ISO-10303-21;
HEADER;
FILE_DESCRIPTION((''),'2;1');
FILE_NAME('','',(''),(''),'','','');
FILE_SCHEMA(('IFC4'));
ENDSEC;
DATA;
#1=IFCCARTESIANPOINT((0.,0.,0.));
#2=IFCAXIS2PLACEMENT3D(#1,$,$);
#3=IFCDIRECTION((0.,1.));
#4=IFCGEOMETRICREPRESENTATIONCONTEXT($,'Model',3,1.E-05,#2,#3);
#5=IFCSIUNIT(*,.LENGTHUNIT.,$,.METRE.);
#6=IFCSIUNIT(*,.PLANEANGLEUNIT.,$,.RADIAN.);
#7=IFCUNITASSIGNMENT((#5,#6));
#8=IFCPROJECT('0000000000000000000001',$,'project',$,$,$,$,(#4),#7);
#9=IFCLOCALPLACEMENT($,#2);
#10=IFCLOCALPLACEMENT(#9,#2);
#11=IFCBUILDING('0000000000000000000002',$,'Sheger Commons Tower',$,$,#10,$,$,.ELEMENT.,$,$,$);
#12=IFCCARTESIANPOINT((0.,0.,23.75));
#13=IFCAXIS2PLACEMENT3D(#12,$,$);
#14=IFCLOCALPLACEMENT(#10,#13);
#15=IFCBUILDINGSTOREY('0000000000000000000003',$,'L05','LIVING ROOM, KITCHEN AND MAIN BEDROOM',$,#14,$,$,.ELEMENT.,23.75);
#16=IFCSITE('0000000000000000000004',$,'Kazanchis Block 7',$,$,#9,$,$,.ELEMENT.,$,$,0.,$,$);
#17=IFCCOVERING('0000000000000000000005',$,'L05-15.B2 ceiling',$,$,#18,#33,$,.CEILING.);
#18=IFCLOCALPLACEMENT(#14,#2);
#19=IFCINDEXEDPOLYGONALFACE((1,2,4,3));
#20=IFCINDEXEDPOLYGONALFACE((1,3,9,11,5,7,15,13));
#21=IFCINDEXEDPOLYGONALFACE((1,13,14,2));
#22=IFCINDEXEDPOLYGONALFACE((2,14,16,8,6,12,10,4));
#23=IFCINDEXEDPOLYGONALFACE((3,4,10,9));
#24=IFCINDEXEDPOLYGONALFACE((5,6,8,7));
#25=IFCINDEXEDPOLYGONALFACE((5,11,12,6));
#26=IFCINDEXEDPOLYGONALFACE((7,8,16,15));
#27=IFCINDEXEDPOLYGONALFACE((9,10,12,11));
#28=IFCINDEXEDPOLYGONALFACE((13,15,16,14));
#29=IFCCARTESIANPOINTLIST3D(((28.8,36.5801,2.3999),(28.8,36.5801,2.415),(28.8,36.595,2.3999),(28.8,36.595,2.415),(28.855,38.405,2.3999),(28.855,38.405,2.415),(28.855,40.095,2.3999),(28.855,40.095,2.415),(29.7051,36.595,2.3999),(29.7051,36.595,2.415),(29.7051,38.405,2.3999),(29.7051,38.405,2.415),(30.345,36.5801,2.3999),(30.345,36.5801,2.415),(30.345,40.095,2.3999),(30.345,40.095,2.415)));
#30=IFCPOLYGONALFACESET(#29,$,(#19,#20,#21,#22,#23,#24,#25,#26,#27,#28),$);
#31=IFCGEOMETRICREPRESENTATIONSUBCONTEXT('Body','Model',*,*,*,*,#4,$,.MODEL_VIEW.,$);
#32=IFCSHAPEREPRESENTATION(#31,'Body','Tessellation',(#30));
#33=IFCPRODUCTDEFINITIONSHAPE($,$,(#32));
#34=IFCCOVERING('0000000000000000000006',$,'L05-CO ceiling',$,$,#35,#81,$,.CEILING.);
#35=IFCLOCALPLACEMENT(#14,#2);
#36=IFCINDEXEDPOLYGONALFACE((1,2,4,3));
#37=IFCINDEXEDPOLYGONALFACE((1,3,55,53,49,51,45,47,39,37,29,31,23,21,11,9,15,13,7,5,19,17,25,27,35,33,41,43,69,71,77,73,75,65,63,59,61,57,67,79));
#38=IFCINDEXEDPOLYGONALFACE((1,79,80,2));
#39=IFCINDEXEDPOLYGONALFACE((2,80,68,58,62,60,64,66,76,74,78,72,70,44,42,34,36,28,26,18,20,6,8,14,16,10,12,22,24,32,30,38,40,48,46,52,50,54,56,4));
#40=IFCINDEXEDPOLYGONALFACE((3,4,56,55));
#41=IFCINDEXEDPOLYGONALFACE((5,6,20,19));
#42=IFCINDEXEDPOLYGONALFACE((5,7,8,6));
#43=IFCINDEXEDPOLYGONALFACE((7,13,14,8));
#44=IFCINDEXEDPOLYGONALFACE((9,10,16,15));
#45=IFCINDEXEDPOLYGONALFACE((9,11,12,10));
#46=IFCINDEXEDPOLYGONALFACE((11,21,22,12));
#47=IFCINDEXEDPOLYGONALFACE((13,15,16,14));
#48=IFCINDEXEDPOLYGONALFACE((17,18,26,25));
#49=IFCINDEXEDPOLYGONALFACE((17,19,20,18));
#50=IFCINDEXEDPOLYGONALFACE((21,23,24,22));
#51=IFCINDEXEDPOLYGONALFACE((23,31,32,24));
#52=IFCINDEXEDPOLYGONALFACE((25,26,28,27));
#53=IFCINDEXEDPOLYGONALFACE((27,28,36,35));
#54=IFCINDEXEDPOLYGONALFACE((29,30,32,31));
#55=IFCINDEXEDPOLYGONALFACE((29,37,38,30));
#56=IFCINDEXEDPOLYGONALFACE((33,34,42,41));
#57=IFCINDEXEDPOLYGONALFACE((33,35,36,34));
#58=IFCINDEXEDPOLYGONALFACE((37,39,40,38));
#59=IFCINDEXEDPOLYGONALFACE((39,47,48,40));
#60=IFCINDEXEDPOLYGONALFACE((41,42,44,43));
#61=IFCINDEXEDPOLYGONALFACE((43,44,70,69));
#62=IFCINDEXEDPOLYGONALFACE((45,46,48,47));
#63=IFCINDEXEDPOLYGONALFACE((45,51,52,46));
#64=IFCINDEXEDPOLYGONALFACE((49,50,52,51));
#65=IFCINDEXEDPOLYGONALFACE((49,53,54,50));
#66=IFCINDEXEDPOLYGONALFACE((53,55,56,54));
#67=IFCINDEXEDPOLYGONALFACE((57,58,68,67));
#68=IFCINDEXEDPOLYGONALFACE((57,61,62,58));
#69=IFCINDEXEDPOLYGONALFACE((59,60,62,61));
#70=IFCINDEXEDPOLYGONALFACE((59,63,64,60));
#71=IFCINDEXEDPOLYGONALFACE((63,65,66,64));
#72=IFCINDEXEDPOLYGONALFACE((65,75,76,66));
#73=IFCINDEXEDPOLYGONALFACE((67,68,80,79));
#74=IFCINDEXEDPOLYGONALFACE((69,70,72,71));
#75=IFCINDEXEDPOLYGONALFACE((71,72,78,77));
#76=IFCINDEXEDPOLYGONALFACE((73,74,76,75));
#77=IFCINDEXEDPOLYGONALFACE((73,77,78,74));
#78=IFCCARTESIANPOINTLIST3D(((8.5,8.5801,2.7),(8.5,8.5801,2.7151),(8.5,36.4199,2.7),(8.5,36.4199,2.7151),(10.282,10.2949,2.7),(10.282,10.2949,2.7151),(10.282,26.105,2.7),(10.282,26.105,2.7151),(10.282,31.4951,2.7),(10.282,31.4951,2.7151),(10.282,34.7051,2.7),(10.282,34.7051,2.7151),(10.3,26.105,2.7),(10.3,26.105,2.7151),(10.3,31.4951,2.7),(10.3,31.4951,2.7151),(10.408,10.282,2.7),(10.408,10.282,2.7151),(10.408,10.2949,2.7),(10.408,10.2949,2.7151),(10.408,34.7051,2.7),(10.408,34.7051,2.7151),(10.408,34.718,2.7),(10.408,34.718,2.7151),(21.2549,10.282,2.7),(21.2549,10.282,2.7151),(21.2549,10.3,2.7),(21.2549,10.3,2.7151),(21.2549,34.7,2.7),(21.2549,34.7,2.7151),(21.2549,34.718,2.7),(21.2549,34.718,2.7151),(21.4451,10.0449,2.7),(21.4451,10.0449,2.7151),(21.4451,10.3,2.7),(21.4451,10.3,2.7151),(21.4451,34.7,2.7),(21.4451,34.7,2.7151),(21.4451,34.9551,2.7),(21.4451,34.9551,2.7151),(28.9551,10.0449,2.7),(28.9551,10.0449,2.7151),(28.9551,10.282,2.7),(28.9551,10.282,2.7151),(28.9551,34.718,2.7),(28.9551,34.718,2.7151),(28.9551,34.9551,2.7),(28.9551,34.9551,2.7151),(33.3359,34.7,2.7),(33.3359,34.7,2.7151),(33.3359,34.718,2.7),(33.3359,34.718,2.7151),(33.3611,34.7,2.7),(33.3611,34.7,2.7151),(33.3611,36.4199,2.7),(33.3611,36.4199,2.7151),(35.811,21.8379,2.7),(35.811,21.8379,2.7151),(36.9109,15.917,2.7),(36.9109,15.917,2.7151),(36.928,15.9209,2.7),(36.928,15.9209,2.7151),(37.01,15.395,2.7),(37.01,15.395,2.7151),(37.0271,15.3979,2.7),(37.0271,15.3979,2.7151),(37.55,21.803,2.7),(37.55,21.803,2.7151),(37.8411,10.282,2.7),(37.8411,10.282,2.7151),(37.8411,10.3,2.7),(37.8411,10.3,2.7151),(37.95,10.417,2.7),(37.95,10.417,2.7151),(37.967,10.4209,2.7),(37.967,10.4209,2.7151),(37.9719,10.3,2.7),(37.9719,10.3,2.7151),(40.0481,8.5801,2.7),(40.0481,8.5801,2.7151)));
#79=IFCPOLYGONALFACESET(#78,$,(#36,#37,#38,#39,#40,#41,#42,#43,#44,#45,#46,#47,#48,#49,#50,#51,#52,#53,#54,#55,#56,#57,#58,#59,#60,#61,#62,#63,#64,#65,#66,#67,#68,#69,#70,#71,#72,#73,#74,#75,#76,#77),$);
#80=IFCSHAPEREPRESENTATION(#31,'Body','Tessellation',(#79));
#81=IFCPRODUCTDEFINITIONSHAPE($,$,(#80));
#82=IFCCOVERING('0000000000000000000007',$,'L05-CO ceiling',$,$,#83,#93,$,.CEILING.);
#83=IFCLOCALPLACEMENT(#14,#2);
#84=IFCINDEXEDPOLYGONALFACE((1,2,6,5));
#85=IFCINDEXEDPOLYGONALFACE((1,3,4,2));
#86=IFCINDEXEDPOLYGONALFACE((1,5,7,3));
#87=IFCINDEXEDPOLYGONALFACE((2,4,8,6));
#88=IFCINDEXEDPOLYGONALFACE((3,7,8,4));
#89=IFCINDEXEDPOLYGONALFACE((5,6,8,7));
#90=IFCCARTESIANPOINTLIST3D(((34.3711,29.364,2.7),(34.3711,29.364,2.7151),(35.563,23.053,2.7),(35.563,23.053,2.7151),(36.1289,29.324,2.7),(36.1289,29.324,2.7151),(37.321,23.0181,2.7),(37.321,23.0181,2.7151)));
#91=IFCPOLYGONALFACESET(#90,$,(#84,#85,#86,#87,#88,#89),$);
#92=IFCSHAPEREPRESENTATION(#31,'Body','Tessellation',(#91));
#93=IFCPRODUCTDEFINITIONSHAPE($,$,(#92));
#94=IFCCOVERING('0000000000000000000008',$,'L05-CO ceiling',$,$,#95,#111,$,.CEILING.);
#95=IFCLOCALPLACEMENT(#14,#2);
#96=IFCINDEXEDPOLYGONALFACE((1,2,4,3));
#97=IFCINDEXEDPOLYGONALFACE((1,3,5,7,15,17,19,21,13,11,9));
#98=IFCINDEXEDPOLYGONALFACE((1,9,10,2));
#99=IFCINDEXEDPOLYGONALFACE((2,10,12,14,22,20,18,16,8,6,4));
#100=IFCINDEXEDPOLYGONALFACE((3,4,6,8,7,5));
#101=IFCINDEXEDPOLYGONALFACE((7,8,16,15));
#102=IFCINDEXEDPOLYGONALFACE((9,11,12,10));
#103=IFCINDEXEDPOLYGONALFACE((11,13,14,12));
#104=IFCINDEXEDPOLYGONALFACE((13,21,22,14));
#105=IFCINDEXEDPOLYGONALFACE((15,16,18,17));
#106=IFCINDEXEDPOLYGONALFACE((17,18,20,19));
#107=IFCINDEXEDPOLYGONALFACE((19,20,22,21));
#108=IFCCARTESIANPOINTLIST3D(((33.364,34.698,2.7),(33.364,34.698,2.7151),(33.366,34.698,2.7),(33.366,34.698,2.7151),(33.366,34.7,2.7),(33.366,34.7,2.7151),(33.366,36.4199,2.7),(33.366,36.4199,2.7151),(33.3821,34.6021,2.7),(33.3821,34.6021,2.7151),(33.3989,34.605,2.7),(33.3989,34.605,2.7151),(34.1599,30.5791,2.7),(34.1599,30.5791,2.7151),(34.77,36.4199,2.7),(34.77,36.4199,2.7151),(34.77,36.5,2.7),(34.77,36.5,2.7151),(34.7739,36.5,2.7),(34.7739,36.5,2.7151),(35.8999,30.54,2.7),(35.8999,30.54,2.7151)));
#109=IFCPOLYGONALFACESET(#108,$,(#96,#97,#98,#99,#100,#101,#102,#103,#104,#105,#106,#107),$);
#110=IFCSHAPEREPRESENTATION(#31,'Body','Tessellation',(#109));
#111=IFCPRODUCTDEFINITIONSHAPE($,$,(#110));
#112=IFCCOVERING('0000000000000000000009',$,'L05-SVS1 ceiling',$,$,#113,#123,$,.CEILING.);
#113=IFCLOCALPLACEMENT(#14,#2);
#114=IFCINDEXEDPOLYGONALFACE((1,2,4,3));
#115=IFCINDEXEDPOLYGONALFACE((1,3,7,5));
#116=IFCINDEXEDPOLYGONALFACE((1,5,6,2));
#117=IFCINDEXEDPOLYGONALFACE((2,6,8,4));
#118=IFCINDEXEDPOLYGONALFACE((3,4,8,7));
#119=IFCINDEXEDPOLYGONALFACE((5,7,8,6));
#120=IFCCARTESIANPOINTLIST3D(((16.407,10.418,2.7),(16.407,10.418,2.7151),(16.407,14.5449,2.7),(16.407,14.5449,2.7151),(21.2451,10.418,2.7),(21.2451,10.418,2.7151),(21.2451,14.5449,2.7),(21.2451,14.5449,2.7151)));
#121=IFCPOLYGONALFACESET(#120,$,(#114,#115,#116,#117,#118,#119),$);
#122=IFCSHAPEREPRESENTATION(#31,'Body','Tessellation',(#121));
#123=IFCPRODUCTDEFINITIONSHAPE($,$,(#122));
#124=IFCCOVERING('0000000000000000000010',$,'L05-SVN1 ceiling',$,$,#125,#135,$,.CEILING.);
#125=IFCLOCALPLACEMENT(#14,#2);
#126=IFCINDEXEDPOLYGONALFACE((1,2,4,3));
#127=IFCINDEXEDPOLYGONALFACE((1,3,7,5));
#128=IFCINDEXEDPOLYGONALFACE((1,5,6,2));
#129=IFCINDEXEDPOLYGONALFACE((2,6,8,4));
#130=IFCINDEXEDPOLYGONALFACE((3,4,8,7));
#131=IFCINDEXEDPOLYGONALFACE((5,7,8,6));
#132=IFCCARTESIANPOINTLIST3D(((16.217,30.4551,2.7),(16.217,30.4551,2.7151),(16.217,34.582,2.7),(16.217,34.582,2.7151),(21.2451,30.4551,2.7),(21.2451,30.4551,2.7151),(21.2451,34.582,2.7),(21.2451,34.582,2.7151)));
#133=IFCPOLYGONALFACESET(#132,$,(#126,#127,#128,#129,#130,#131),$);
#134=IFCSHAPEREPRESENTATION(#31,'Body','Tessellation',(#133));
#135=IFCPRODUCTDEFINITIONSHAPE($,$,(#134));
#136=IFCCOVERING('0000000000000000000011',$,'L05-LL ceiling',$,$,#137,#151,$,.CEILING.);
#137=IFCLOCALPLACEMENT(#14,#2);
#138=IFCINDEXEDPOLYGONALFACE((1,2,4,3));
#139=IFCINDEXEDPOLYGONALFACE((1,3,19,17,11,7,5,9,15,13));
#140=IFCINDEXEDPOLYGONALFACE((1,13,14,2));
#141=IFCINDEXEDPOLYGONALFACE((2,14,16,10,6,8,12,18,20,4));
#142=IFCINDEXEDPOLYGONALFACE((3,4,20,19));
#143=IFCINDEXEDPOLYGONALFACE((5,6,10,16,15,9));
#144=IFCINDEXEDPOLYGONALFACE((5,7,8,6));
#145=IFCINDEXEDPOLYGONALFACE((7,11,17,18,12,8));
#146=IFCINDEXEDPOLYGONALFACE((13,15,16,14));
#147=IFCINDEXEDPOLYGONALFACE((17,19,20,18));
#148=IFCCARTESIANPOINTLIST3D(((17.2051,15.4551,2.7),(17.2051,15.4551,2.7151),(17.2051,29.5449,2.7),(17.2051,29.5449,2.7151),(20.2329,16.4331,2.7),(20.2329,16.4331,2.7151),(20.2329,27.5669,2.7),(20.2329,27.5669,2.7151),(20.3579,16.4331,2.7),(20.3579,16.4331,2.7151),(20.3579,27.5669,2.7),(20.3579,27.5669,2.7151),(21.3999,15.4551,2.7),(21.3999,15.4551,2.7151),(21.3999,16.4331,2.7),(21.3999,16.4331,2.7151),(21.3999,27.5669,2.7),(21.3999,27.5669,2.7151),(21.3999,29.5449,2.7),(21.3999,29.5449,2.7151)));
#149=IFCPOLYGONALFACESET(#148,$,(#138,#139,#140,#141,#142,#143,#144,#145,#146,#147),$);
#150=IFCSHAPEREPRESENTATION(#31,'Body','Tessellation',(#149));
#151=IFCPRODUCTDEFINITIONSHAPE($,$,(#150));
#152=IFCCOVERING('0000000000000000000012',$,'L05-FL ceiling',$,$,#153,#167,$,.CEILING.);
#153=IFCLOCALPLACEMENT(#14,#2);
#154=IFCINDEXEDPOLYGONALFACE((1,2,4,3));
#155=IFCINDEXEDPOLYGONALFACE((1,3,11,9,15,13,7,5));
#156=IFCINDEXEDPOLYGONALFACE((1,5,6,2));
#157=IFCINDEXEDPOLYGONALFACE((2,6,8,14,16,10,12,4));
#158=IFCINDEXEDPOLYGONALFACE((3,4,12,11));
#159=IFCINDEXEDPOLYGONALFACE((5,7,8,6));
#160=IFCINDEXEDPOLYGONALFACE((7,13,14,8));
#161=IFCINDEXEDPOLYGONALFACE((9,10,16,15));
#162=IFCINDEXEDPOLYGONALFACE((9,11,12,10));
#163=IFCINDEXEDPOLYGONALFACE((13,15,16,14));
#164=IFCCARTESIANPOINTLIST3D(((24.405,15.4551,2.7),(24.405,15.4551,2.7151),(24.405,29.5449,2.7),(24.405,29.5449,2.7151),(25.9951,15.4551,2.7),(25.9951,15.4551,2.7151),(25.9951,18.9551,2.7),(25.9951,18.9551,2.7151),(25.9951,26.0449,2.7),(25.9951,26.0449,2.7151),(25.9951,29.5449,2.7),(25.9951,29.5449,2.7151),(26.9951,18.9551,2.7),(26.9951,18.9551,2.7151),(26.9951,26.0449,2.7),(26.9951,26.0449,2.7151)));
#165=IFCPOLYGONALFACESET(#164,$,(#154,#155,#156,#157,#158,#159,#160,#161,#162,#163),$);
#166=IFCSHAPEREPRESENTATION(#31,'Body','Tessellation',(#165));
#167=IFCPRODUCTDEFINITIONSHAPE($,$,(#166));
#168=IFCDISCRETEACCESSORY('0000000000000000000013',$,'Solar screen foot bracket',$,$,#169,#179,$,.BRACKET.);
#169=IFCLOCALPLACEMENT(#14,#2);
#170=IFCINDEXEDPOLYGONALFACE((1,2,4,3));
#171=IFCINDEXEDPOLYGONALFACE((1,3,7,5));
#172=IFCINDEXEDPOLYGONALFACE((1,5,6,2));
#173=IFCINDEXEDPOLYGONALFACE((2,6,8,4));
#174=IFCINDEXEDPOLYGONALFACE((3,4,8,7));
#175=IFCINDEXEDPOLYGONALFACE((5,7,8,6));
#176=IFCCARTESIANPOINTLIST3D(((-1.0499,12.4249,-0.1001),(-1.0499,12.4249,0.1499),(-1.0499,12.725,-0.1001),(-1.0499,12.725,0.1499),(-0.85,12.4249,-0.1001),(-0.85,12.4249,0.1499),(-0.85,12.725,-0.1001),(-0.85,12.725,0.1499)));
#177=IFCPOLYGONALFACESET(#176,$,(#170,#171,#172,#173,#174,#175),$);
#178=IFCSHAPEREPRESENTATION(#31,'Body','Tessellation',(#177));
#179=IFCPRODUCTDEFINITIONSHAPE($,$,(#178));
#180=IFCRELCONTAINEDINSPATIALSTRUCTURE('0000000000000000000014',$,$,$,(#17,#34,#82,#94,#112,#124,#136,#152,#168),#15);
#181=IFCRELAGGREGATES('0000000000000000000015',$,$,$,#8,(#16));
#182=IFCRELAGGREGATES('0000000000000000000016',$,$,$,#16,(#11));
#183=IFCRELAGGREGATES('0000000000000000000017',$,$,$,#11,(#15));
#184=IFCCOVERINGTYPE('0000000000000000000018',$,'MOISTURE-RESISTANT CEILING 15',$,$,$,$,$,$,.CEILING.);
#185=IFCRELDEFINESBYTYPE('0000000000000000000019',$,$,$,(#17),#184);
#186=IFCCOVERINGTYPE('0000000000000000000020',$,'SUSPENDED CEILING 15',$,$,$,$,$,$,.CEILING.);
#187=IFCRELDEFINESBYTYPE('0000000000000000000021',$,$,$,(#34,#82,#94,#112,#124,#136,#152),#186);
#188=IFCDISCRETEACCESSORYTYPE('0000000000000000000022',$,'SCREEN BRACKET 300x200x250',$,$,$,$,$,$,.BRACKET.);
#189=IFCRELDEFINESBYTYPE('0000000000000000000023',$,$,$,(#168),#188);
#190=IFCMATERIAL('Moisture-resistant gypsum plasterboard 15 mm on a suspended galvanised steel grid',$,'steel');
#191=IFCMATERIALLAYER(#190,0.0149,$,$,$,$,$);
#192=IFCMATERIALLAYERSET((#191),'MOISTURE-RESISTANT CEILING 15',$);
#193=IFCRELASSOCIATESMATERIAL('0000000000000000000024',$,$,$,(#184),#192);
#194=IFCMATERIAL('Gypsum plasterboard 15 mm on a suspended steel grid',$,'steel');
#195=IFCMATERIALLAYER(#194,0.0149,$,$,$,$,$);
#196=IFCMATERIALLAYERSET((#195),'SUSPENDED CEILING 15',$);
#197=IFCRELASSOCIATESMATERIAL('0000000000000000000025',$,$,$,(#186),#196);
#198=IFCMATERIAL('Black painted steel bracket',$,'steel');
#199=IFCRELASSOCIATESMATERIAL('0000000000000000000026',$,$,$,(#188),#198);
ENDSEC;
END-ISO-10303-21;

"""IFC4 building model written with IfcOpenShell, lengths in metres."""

from ifc_helpers import new_model, si_unit, direction, frame, origin, origin_2d, place, context, subcontext, project, spatial, polyline, rectangle, outline, extrude, material, layer, layer_set, type_object, element, save


model = new_model("IFC4")

# Units and contexts
model_context = context("Model", 3, precision=1e-05, world=origin(), true_north=direction((0.0, 1.0)))
body_context = subcontext(model_context, "Body", "Model", "MODEL_VIEW")
ifc_project = project(units=[si_unit("LENGTHUNIT", "METRE"), si_unit("PLANEANGLEUNIT", "RADIAN")], contexts=[model_context])

# Site, building, storey
site_placement = place(None, origin())
site = spatial("IfcSite", under=ifc_project, at=site_placement, Name="Kazanchis Block 7", CompositionType="ELEMENT", RefElevation=0.0)
building_placement = place(site_placement, origin())
building = spatial("IfcBuilding", under=site, at=building_placement, Name="Sheger Commons Tower", CompositionType="ELEMENT")
storey_placement = place(building_placement, frame((0.0, 0.0, 23.75)))
storey = spatial("IfcBuildingStorey", under=building, at=storey_placement, Name="L05", Description="LIVING ROOM, KITCHEN AND MAIN BEDROOM", CompositionType="ELEMENT", Elevation=23.75)

# Coverings
ifc_material_1 = material(Name="Moisture-resistant gypsum plasterboard 15 mm on a suspended galvanised steel grid", Category="steel")
ifc_layer_1 = layer(ifc_material_1, 0.0149)
ifc_layer_set_1 = layer_set([ifc_layer_1], Name="MOISTURE-RESISTANT CEILING 15")
covering_type_1 = type_object("IfcCoveringType", Name="MOISTURE-RESISTANT CEILING 15", PredefinedType="CEILING", material=ifc_layer_set_1)
covering_1_placement = place(storey_placement, frame((0.0, 0.0, 2.3999)))
element("IfcCovering", 1, at=covering_1_placement, inside=storey, type_object=covering_type_1, Name="L05-15.B2 ceiling", PredefinedType="CEILING", context=body_context, shape_type="SweptSolid", body=[
    extrude(outline(polyline([(28.8, 36.5801), (30.345, 36.5801), (30.345, 40.095), (28.855, 40.095), (28.855, 38.405), (29.7051, 38.405), (29.7051, 36.595), (28.8, 36.595), (28.8, 36.5801)])), origin(), (0.0, 0.0, 1.0), 0.0151),
])
ifc_material_2 = material(Name="Gypsum plasterboard 15 mm on a suspended steel grid", Category="steel")
ifc_layer_2 = layer(ifc_material_2, 0.0149)
ifc_layer_set_2 = layer_set([ifc_layer_2], Name="SUSPENDED CEILING 15")
covering_type_2 = type_object("IfcCoveringType", Name="SUSPENDED CEILING 15", PredefinedType="CEILING", material=ifc_layer_set_2)
covering_2_placement = place(storey_placement, frame((0.0, 0.0, 2.7)))
element("IfcCovering", 2, at=covering_2_placement, inside=storey, type_object=covering_type_2, Name="L05-CO ceiling", PredefinedType="CEILING", context=body_context, shape_type="SweptSolid", body=[
    extrude(outline(polyline([(8.5, 8.5801), (40.0481, 8.5801), (37.55, 21.803), (35.811, 21.8379), (36.928, 15.9209), (36.9109, 15.917), (37.01, 15.395), (37.0271, 15.3979), (37.967, 10.4209), (37.95, 10.417), (37.9719, 10.3), (37.8411, 10.3), (37.8411, 10.282), (28.9551, 10.282), (28.9551, 10.0449), (21.4451, 10.0449), (21.4451, 10.3), (21.2549, 10.3), (21.2549, 10.282), (10.408, 10.282), (10.408, 10.2949), (10.282, 10.2949), (10.282, 26.105), (10.3, 26.105), (10.3, 31.4951), (10.282, 31.4951), (10.282, 34.7051), (10.408, 34.7051), (10.408, 34.718), (21.2549, 34.718), (21.2549, 34.7), (21.4451, 34.7), (21.4451, 34.9551), (28.9551, 34.9551), (28.9551, 34.718), (33.3359, 34.718), (33.3359, 34.7), (33.3611, 34.7), (33.3611, 36.4199), (8.5, 36.4199), (8.5, 8.5801)])), origin(), (0.0, 0.0, 1.0), 0.0151),
])
covering_3_placement = place(storey_placement, frame((0.0, 0.0, 2.7)))
element("IfcCovering", 3, at=covering_3_placement, inside=storey, type_object=covering_type_2, Name="L05-CO ceiling", PredefinedType="CEILING", context=body_context, shape_type="SweptSolid", body=[
    extrude(outline(polyline([(37.321, 23.0181), (36.1289, 29.324), (34.3711, 29.364), (35.563, 23.053), (37.321, 23.0181)])), origin(), (0.0, 0.0, 1.0), 0.0151),
])
covering_4_placement = place(storey_placement, frame((0.0, 0.0, 2.7)))
element("IfcCovering", 4, at=covering_4_placement, inside=storey, type_object=covering_type_2, Name="L05-CO ceiling", PredefinedType="CEILING", context=body_context, shape_type="SweptSolid", body=[
    extrude(outline(polyline([(35.8999, 30.54), (34.7739, 36.5), (34.77, 36.5), (34.77, 36.4199), (33.366, 36.4199), (33.366, 34.7), (33.366, 34.698), (33.364, 34.698), (33.3821, 34.6021), (33.3989, 34.605), (34.1599, 30.5791), (35.8999, 30.54)])), origin(), (0.0, 0.0, 1.0), 0.0151),
])
covering_5_placement = place(storey_placement, frame((0.0, 0.0, 2.7)))
element("IfcCovering", 5, at=covering_5_placement, inside=storey, type_object=covering_type_2, Name="L05-SVS1 ceiling", PredefinedType="CEILING", context=body_context, shape_type="SweptSolid", body=[
    extrude(outline(polyline([(16.407, 10.418), (21.2451, 10.418), (21.2451, 14.5449), (16.407, 14.5449), (16.407, 10.418)])), origin(), (0.0, 0.0, 1.0), 0.0151),
])
covering_6_placement = place(storey_placement, frame((0.0, 0.0, 2.7)))
element("IfcCovering", 6, at=covering_6_placement, inside=storey, type_object=covering_type_2, Name="L05-SVN1 ceiling", PredefinedType="CEILING", context=body_context, shape_type="SweptSolid", body=[
    extrude(outline(polyline([(16.217, 30.4551), (21.2451, 30.4551), (21.2451, 34.582), (16.217, 34.582), (16.217, 30.4551)])), origin(), (0.0, 0.0, 1.0), 0.0151),
])
covering_7_placement = place(storey_placement, frame((0.0, 0.0, 2.7)))
element("IfcCovering", 7, at=covering_7_placement, inside=storey, type_object=covering_type_2, Name="L05-LL ceiling", PredefinedType="CEILING", context=body_context, shape_type="SweptSolid", body=[
    extrude(outline(polyline([(17.2051, 15.4551), (21.3999, 15.4551), (21.3999, 16.4331), (20.3579, 16.4331), (20.2329, 16.4331), (20.2329, 27.5669), (20.3579, 27.5669), (21.3999, 27.5669), (21.3999, 29.5449), (17.2051, 29.5449), (17.2051, 15.4551)])), origin(), (0.0, 0.0, 1.0), 0.0151),
])
covering_8_placement = place(storey_placement, frame((0.0, 0.0, 2.7)))
element("IfcCovering", 8, at=covering_8_placement, inside=storey, type_object=covering_type_2, Name="L05-FL ceiling", PredefinedType="CEILING", context=body_context, shape_type="SweptSolid", body=[
    extrude(outline(polyline([(24.405, 15.4551), (25.9951, 15.4551), (25.9951, 18.9551), (26.9951, 18.9551), (26.9951, 26.0449), (25.9951, 26.0449), (25.9951, 29.5449), (24.405, 29.5449), (24.405, 15.4551)])), origin(), (0.0, 0.0, 1.0), 0.0151),
])

# Discrete accessory
ifc_material_3 = material(Name="Black painted steel bracket", Category="steel")
discrete_accessory_type = type_object("IfcDiscreteAccessoryType", Name="SCREEN BRACKET 300x200x250", PredefinedType="BRACKET", material=ifc_material_3)
for number, where, z_axis, x_axis, name in (
    (9, (-0.95, 12.575, -0.1001), (0.0, 0.0, 1.0), (0.0, -1.0, 0.0), "Solar screen foot bracket"),
):
    element("IfcDiscreteAccessory", number, at=place(storey_placement, frame(where, z_axis=z_axis, x_axis=x_axis)), inside=storey, type_object=discrete_accessory_type, Name=name, PredefinedType="BRACKET", context=body_context, shape_type="SweptSolid", body=[
        extrude(rectangle(XDim=0.3, YDim=0.2, at=origin_2d()), origin(), (0.0, 0.0, 1.0), 0.25),
    ])

save(model, "model.ifc")
